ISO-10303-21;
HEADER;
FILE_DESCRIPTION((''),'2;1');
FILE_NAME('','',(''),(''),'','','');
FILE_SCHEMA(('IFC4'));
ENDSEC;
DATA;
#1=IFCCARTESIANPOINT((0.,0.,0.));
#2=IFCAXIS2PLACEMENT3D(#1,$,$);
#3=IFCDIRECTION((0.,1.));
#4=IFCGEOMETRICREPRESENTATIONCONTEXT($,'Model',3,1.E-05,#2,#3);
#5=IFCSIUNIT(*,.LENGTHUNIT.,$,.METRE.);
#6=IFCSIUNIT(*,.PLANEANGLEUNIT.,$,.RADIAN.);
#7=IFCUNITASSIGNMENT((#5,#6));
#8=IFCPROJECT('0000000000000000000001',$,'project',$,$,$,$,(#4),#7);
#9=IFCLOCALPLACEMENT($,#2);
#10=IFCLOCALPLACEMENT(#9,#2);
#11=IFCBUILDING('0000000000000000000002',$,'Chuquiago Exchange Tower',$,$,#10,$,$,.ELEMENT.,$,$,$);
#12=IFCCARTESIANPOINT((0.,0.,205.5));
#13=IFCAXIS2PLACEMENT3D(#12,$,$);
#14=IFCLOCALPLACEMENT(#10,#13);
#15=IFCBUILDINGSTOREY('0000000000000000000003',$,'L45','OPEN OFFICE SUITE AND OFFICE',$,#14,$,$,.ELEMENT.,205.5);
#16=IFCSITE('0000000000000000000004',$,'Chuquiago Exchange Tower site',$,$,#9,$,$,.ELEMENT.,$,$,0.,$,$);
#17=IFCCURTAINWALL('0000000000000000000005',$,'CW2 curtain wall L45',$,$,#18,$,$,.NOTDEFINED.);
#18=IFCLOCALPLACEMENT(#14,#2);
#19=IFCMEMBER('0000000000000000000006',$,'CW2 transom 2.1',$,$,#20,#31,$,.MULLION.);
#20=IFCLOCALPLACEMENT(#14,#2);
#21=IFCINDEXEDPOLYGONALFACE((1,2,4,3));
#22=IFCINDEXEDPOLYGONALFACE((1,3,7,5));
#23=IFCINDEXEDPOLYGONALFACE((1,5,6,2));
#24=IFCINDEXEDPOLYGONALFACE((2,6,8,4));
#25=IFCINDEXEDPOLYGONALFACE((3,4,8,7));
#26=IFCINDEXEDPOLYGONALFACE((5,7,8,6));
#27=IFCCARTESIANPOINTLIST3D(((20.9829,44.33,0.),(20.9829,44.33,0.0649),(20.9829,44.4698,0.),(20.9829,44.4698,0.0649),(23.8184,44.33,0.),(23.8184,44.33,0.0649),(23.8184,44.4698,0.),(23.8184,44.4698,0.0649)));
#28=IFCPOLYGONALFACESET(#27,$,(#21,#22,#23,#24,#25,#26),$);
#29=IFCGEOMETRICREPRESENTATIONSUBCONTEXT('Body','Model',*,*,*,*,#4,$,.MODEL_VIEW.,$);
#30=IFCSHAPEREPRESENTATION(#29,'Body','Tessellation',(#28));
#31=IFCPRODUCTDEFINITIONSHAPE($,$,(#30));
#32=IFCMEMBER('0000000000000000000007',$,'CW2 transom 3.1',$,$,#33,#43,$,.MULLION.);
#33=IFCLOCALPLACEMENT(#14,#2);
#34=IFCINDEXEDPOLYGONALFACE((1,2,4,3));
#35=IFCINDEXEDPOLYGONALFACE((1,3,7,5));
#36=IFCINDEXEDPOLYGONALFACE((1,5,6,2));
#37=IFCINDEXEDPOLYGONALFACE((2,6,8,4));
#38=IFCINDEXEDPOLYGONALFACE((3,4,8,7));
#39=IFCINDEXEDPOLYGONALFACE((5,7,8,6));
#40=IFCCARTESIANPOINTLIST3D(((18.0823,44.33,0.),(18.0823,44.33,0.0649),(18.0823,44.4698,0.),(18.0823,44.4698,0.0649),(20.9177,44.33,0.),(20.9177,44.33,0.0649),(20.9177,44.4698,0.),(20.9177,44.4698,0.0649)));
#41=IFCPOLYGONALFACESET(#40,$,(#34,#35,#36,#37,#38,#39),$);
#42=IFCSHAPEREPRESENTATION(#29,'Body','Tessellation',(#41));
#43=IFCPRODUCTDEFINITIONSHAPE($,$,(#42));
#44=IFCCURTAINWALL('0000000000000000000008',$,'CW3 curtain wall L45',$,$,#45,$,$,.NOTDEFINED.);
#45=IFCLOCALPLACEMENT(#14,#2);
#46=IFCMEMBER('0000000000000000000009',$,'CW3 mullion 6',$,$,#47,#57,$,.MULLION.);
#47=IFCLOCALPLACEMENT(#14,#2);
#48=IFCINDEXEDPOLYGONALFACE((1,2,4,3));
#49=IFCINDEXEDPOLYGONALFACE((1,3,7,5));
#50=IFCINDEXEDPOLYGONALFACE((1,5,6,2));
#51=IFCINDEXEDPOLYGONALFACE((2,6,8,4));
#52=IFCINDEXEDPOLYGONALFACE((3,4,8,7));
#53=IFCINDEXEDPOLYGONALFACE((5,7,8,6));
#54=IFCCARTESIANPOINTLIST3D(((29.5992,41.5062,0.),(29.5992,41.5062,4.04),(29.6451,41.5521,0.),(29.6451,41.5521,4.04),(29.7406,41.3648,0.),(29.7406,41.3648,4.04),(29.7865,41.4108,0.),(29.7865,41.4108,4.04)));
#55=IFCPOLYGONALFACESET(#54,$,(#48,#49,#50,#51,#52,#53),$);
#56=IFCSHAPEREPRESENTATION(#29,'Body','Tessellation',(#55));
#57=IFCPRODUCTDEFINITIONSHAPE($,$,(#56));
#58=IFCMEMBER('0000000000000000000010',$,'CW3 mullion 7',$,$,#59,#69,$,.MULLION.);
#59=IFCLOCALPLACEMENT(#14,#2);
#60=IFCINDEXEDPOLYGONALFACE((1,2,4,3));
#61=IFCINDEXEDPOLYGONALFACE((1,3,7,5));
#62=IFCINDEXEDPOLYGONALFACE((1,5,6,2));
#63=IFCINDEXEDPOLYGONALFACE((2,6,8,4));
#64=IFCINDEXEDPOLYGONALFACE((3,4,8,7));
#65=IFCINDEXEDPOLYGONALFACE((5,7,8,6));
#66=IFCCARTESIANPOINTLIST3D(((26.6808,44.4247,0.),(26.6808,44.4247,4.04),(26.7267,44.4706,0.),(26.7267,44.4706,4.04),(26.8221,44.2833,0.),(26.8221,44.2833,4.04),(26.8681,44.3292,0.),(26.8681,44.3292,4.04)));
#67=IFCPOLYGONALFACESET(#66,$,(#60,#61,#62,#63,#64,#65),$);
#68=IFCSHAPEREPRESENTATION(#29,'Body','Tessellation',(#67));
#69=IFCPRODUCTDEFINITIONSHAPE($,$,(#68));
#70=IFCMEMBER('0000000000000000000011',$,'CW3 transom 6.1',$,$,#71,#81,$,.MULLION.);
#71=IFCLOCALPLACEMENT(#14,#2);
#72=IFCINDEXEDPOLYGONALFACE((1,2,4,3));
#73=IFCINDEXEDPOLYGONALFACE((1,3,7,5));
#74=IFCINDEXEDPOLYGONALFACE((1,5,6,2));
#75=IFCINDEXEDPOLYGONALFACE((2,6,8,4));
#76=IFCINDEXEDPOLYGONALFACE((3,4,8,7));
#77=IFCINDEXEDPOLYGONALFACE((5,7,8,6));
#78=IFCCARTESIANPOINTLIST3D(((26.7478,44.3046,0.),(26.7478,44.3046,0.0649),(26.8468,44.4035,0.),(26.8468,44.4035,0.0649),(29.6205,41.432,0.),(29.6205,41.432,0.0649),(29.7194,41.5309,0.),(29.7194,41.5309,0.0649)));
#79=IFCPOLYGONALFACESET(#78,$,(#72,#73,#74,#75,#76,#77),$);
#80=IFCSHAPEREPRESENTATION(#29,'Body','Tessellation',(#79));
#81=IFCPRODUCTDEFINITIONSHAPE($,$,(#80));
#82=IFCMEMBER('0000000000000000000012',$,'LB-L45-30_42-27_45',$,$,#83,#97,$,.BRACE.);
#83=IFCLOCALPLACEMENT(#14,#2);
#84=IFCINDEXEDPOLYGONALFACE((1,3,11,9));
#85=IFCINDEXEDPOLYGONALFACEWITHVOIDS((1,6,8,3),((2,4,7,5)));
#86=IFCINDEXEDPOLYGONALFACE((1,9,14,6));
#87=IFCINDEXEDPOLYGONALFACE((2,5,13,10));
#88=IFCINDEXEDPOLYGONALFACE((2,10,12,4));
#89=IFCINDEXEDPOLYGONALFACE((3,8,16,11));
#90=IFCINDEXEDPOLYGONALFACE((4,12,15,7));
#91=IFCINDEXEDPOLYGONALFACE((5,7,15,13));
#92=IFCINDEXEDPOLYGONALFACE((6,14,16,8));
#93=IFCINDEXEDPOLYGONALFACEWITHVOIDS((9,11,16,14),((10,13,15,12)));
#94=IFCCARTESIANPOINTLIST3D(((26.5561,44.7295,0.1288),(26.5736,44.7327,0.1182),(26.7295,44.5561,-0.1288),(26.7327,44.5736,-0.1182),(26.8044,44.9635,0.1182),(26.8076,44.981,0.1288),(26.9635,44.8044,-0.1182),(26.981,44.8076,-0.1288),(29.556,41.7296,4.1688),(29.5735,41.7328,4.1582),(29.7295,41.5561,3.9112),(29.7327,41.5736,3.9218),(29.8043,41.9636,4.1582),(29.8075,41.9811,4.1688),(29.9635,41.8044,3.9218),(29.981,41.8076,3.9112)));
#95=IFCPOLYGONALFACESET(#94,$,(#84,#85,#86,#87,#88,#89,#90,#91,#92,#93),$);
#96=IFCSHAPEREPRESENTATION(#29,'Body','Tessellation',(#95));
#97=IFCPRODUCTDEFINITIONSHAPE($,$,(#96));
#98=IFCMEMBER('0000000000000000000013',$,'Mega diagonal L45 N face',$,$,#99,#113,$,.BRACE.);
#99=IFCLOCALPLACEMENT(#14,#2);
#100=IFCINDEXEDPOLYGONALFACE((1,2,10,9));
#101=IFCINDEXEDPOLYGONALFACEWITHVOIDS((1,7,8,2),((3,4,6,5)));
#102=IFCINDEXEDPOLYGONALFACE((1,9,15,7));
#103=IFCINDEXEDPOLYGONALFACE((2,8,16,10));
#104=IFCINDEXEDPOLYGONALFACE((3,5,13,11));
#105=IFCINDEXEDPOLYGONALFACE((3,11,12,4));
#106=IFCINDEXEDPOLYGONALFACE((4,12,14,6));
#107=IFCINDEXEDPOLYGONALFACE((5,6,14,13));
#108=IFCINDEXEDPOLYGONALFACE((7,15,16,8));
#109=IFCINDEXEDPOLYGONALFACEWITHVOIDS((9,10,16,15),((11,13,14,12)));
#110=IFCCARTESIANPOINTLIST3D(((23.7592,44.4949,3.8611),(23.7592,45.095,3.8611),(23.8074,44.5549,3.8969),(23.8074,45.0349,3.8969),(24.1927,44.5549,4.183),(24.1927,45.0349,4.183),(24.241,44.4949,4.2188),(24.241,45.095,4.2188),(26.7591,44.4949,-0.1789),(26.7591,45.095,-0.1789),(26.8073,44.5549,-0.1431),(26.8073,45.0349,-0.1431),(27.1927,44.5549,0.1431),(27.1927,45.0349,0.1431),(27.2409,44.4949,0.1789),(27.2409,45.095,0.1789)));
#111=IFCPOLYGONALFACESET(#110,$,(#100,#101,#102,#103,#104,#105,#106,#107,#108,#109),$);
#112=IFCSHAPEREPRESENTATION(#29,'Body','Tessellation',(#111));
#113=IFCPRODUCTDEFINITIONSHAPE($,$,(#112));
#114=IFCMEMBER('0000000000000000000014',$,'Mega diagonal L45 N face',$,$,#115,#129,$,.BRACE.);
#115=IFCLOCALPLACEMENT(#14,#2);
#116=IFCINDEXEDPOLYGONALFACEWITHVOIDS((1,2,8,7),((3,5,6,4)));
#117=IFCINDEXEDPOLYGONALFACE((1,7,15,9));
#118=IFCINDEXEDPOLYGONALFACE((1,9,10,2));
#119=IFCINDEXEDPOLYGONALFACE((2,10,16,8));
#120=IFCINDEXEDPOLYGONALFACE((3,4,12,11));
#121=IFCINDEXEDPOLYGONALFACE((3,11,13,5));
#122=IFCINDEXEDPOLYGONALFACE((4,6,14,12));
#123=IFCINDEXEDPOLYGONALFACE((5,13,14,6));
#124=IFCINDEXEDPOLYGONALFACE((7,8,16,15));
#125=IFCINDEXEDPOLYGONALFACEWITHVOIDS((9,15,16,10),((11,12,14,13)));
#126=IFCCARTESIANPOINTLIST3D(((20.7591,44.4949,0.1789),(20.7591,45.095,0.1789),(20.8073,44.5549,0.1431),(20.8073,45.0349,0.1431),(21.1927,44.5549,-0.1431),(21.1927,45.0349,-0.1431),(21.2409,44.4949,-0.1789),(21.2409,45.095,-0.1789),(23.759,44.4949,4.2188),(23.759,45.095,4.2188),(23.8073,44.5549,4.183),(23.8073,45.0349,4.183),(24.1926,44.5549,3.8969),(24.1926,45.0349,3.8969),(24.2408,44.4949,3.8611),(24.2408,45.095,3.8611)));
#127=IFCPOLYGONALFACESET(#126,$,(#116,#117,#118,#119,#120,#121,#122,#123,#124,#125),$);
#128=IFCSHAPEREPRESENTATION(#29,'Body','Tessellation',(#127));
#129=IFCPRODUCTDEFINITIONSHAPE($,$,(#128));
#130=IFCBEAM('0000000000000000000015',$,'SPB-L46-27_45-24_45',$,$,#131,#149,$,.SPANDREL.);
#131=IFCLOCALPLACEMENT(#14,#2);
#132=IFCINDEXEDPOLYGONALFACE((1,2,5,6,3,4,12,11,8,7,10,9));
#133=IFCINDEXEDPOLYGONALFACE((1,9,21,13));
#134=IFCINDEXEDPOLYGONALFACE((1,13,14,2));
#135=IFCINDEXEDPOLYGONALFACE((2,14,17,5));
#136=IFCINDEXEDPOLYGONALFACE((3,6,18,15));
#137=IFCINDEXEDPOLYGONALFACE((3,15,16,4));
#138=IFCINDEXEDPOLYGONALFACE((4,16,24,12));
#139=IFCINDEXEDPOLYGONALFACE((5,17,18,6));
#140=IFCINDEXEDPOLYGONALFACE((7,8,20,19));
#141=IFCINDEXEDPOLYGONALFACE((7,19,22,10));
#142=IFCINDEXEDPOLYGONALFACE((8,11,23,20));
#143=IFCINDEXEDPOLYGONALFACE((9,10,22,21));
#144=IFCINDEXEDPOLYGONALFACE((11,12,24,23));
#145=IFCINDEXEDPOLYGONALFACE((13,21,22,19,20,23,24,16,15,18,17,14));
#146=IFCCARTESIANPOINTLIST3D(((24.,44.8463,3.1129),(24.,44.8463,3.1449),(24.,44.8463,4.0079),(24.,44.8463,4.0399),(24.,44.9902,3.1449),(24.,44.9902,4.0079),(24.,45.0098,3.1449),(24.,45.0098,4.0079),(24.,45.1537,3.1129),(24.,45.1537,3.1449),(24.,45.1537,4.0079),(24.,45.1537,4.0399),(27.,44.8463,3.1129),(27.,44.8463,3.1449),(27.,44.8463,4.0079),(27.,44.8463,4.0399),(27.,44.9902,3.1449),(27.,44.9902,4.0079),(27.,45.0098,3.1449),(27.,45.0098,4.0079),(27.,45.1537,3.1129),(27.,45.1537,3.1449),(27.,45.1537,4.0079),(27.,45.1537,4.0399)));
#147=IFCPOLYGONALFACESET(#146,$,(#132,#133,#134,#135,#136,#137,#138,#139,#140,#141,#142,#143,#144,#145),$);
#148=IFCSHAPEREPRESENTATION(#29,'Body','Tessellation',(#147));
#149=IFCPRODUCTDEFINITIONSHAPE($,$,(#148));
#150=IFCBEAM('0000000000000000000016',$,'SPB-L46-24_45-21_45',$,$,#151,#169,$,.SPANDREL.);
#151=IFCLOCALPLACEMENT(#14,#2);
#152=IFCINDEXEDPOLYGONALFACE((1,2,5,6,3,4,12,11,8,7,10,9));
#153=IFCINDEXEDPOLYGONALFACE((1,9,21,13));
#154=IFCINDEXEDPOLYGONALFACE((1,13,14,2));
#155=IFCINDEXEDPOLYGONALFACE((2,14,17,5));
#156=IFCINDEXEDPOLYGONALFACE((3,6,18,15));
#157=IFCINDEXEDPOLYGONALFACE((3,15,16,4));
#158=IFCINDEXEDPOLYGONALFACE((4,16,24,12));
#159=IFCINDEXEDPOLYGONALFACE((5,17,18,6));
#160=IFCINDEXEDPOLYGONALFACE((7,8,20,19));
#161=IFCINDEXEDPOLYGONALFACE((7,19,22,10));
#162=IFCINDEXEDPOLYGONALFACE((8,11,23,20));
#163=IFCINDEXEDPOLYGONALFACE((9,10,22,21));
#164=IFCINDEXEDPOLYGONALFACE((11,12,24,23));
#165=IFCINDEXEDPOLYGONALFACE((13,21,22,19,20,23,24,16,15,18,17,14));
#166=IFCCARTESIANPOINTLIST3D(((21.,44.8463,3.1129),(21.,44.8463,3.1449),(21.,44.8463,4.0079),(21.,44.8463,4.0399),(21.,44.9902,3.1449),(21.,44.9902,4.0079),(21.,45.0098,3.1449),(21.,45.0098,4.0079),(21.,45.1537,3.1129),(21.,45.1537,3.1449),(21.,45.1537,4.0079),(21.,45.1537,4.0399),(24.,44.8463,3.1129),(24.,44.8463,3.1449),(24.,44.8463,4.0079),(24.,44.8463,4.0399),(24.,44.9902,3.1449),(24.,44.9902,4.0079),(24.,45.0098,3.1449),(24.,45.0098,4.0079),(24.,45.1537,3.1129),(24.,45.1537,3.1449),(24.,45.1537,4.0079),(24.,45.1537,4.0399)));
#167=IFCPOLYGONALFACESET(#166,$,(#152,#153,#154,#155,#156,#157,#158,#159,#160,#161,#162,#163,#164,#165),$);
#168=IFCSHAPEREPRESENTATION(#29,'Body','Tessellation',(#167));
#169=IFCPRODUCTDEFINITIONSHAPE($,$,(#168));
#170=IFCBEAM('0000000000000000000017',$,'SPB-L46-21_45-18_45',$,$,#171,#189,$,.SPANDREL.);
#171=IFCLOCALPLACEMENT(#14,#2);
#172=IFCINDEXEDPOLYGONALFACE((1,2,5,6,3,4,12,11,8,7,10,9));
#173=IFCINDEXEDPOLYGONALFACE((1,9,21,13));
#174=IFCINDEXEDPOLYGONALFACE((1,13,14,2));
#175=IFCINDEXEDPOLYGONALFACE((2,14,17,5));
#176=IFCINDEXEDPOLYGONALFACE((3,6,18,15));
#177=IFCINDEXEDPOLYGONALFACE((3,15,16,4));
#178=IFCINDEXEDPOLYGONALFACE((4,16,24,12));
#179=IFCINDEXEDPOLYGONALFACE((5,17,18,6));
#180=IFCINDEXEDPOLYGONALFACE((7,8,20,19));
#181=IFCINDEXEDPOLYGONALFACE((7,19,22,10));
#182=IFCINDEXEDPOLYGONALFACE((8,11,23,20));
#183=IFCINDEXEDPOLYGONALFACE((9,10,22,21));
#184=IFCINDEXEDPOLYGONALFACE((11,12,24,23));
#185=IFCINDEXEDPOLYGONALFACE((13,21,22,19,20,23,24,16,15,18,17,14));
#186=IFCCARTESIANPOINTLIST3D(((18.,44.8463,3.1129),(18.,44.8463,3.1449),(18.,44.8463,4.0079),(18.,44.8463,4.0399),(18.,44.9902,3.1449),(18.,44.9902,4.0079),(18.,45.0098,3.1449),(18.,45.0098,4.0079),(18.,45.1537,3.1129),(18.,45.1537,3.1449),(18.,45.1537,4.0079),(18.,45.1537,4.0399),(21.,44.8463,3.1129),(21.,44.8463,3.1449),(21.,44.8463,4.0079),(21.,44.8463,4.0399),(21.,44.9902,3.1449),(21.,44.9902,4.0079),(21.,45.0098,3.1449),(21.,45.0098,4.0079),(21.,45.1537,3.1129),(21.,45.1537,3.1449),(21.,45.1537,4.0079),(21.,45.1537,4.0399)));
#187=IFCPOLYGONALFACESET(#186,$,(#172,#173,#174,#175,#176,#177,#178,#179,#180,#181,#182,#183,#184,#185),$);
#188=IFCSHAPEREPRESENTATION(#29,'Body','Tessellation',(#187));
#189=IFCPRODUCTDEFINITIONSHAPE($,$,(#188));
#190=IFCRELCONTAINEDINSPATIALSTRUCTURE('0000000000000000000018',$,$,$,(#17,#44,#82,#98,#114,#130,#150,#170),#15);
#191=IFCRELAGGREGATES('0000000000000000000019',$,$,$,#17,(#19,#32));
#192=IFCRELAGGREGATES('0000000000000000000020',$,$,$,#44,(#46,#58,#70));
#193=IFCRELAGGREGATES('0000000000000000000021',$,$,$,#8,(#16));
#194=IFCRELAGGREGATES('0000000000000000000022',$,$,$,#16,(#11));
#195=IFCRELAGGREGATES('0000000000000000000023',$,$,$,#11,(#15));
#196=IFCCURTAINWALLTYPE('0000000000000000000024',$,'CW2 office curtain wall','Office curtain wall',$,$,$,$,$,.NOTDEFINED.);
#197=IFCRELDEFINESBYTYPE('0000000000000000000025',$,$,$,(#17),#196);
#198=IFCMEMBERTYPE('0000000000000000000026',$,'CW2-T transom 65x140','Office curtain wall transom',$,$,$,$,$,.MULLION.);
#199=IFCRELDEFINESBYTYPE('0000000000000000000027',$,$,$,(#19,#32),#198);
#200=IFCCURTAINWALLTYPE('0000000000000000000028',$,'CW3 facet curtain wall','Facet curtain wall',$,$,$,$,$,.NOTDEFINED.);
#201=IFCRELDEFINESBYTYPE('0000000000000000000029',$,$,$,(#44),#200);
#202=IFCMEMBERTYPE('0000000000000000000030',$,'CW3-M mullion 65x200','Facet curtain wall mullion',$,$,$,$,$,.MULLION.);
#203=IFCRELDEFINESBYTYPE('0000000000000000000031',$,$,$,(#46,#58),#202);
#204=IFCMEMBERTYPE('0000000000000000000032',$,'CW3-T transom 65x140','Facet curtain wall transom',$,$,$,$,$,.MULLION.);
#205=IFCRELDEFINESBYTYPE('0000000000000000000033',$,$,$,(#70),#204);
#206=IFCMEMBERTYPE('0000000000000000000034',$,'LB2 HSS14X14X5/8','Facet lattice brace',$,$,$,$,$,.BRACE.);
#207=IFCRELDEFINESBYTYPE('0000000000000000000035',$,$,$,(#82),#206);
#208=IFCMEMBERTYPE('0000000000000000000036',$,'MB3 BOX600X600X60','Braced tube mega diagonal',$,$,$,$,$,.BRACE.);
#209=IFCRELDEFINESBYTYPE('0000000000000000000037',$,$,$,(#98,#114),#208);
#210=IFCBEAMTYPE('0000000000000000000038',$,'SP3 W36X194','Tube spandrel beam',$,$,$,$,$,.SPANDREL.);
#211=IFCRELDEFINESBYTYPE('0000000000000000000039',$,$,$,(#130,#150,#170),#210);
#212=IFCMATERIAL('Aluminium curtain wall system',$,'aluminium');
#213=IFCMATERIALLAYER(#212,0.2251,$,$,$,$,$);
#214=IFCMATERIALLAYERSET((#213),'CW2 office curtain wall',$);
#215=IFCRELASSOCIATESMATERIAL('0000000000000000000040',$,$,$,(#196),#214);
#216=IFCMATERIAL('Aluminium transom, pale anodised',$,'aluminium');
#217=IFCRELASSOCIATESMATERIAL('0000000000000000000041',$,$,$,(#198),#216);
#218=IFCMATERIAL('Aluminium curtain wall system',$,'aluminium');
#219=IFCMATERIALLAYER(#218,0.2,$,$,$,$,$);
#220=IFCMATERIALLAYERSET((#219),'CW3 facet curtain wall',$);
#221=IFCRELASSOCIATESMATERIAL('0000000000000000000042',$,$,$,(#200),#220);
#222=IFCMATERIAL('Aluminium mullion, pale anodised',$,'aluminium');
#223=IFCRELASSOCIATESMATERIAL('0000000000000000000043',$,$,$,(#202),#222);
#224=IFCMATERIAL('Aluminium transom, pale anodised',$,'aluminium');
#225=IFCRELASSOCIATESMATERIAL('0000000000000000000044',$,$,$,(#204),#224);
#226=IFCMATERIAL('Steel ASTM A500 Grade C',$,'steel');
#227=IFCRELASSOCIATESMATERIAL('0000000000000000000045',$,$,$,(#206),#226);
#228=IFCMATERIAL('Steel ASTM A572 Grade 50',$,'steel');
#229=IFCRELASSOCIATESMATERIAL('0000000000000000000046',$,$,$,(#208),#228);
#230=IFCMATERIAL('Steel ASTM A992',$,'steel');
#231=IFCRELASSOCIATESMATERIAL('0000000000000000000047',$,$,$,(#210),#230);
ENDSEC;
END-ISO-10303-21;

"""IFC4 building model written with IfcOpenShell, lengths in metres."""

from ifc_helpers import new_model, si_unit, direction, frame, origin, origin_2d, place, context, subcontext, project, spatial, rectangle, hollow_rectangle, i_section, extrude, material, layer, layer_set, material_profile, profile_set, type_object, element, aggregate, save


model = new_model("IFC4")

# Units and contexts
model_context = context("Model", 3, precision=1e-05, world=origin(), true_north=direction((0.0, 1.0)))
body_context = subcontext(model_context, "Body", "Model", "MODEL_VIEW")
ifc_project = project(units=[si_unit("LENGTHUNIT", "METRE"), si_unit("PLANEANGLEUNIT", "RADIAN")], contexts=[model_context])

# Site, building, storey
site_placement = place(None, origin())
site = spatial("IfcSite", under=ifc_project, at=site_placement, Name="Chuquiago Exchange Tower site", CompositionType="ELEMENT", RefElevation=0.0)
building_placement = place(site_placement, origin())
building = spatial("IfcBuilding", under=site, at=building_placement, Name="Chuquiago Exchange Tower", CompositionType="ELEMENT")
storey_placement = place(building_placement, frame((0.0, 0.0, 205.5)))
storey = spatial("IfcBuildingStorey", under=building, at=storey_placement, Name="L45", Description="OPEN OFFICE SUITE AND OFFICE", CompositionType="ELEMENT", Elevation=205.5)

# Curtain walls, members
ifc_material_1 = material(Name="Aluminium curtain wall system", Category="aluminium")
ifc_layer_1 = layer(ifc_material_1, 0.2251)
ifc_layer_set_1 = layer_set([ifc_layer_1], Name="CW2 office curtain wall")
curtain_wall_type_1 = type_object("IfcCurtainWallType", Name="CW2 office curtain wall", Description="Office curtain wall", PredefinedType="NOTDEFINED", material=ifc_layer_set_1)
curtain_wall_1_placement = place(storey_placement, origin())
curtain_wall_1 = element("IfcCurtainWall", 1, at=curtain_wall_1_placement, inside=storey, type_object=curtain_wall_type_1, Name="CW2 curtain wall L45", PredefinedType="NOTDEFINED")
ifc_material_2 = material(Name="Aluminium transom, pale anodised", Category="aluminium")
ifc_material_profile_1 = material_profile(ifc_material_2, rectangle(XDim=0.1399, YDim=0.0649, at=origin_2d()), Name="AL 140x65")
ifc_profile_set_1 = profile_set([ifc_material_profile_1], Name="Aluminium transom, pale anodised")
member_type_1 = type_object("IfcMemberType", Name="CW2-T transom 65x140", Description="Office curtain wall transom", PredefinedType="MULLION", material=ifc_profile_set_1)
member_1_placement = place(storey_placement, frame((23.8184, 44.3999, 0.0325), z_axis=(-1.0, 0.0, 0.0), x_axis=(0.0, -1.0, 0.0)))
member_1 = element("IfcMember", 2, at=member_1_placement, type_object=member_type_1, Name="CW2 transom 2.1", PredefinedType="MULLION", context=body_context, shape_type="SweptSolid", body=[
    extrude(rectangle(XDim=0.1399, YDim=0.0649, at=origin_2d()), origin(), (0.0, 0.0, 1.0), 2.8354),
])
member_2_placement = place(storey_placement, frame((20.9177, 44.3999, 0.0325), z_axis=(-1.0, 0.0, 0.0), x_axis=(0.0, -1.0, 0.0)))
member_2 = element("IfcMember", 3, at=member_2_placement, type_object=member_type_1, Name="CW2 transom 3.1", PredefinedType="MULLION", context=body_context, shape_type="SweptSolid", body=[
    extrude(rectangle(XDim=0.1399, YDim=0.0649, at=origin_2d()), origin(), (0.0, 0.0, 1.0), 2.8354),
])
ifc_material_3 = material(Name="Aluminium curtain wall system", Category="aluminium")
ifc_layer_2 = layer(ifc_material_3, 0.2)
ifc_layer_set_2 = layer_set([ifc_layer_2], Name="CW3 facet curtain wall")
curtain_wall_type_2 = type_object("IfcCurtainWallType", Name="CW3 facet curtain wall", Description="Facet curtain wall", PredefinedType="NOTDEFINED", material=ifc_layer_set_2)
curtain_wall_2_placement = place(storey_placement, origin())
curtain_wall_2 = element("IfcCurtainWall", 4, at=curtain_wall_2_placement, inside=storey, type_object=curtain_wall_type_2, Name="CW3 curtain wall L45", PredefinedType="NOTDEFINED")
ifc_material_4 = material(Name="Aluminium mullion, pale anodised", Category="aluminium")
ifc_material_profile_2 = material_profile(ifc_material_4, rectangle(XDim=0.0649, YDim=0.2, at=origin_2d()), Name="AL 65x200")
ifc_profile_set_2 = profile_set([ifc_material_profile_2], Name="Aluminium mullion, pale anodised")
member_type_2 = type_object("IfcMemberType", Name="CW3-M mullion 65x200", Description="Facet curtain wall mullion", PredefinedType="MULLION", material=ifc_profile_set_2)
member_3_placement = place(storey_placement, frame((29.6929, 41.4585, 0.0), z_axis=(0.0, 0.0, 1.0), x_axis=(-0.707107, -0.707107, 0.0)))
member_3 = element("IfcMember", 5, at=member_3_placement, type_object=member_type_2, Name="CW3 mullion 6", PredefinedType="MULLION", context=body_context, shape_type="SweptSolid", body=[
    extrude(rectangle(XDim=0.0649, YDim=0.2, at=origin_2d()), origin(), (0.0, 0.0, 1.0), 4.04),
])
member_4_placement = place(storey_placement, frame((26.7744, 44.377, 0.0), z_axis=(0.0, 0.0, 1.0), x_axis=(-0.707107, -0.707107, 0.0)))
member_4 = element("IfcMember", 6, at=member_4_placement, type_object=member_type_2, Name="CW3 mullion 7", PredefinedType="MULLION", context=body_context, shape_type="SweptSolid", body=[
    extrude(rectangle(XDim=0.0649, YDim=0.2, at=origin_2d()), origin(), (0.0, 0.0, 1.0), 4.04),
])
ifc_material_5 = material(Name="Aluminium transom, pale anodised", Category="aluminium")
ifc_material_profile_3 = material_profile(ifc_material_5, rectangle(XDim=0.1399, YDim=0.0649, at=origin_2d()), Name="AL 140x65")
ifc_profile_set_3 = profile_set([ifc_material_profile_3], Name="Aluminium transom, pale anodised")
member_type_3 = type_object("IfcMemberType", Name="CW3-T transom 65x140", Description="Facet curtain wall transom", PredefinedType="MULLION", material=ifc_profile_set_3)
member_5_placement = place(storey_placement, frame((29.6699, 41.4814, 0.0325), z_axis=(-0.707107, 0.707107, 0.0), x_axis=(-0.707107, -0.707107, 0.0)))
member_5 = element("IfcMember", 7, at=member_5_placement, type_object=member_type_3, Name="CW3 transom 6.1", PredefinedType="MULLION", context=body_context, shape_type="SweptSolid", body=[
    extrude(rectangle(XDim=0.1399, YDim=0.0649, at=origin_2d()), origin(), (0.0, 0.0, 1.0), 4.0625),
])

# Members
ifc_material_6 = material(Name="Steel ASTM A500 Grade C", Category="steel")
ifc_material_profile_4 = material_profile(ifc_material_6, hollow_rectangle(XDim=0.3557, YDim=0.3557, WallThickness=0.0146, at=origin_2d()), Name="HSS14X14X5/8")
ifc_profile_set_4 = profile_set([ifc_material_profile_4], Name="Steel ASTM A500 Grade C")
member_type_4 = type_object("IfcMemberType", Name="LB2 HSS14X14X5/8", Description="Facet lattice brace", PredefinedType="BRACE", material=ifc_profile_set_4)
member_6_placement = place(storey_placement, frame((26.7686, 44.7686, 0.0), z_axis=(0.512077, -0.512077, 0.689604), x_axis=(0.707107, 0.707107, 0.0)))
element("IfcMember", 8, at=member_6_placement, inside=storey, type_object=member_type_4, Name="LB-L45-30_42-27_45", PredefinedType="BRACE", context=body_context, shape_type="SweptSolid", body=[
    extrude(hollow_rectangle(XDim=0.3557, YDim=0.3557, WallThickness=0.0146, at=origin_2d()), origin(), (0.0, 0.0, 1.0), 5.8584),
])
ifc_material_7 = material(Name="Steel ASTM A572 Grade 50", Category="steel")
ifc_material_profile_5 = material_profile(ifc_material_7, hollow_rectangle(XDim=0.6001, YDim=0.6001, WallThickness=0.0601, at=origin_2d()), Name="BOX600X600X60")
ifc_profile_set_5 = profile_set([ifc_material_profile_5], Name="Steel ASTM A572 Grade 50")
member_type_5 = type_object("IfcMemberType", Name="MB3 BOX600X600X60", Description="Braced tube mega diagonal", PredefinedType="BRACE", material=ifc_profile_set_5)
for number, where, z_axis, x_axis, name in (
    (9, (27.0, 44.7949, 0.0), (-0.596174, 0.0, 0.802855), (0.0, -1.0, 0.0), "Mega diagonal L45 N face"),
    (10, (21.0, 44.7949, 0.0), (0.596174, 0.0, 0.802855), (0.0, 1.0, 0.0), "Mega diagonal L45 N face"),
):
    element("IfcMember", number, at=place(storey_placement, frame(where, z_axis=z_axis, x_axis=x_axis)), inside=storey, type_object=member_type_5, Name=name, PredefinedType="BRACE", context=body_context, shape_type="SweptSolid", body=[
        extrude(hollow_rectangle(XDim=0.6001, YDim=0.6001, WallThickness=0.0601, at=origin_2d()), origin(), (0.0, 0.0, 1.0), 5.032),
    ])

# Beams
ifc_material_8 = material(Name="Steel ASTM A992", Category="steel")
ifc_material_profile_6 = material_profile(ifc_material_8, i_section(OverallWidth=0.3074, OverallDepth=0.927, WebThickness=0.0195, FlangeThickness=0.032, at=origin_2d()), Name="W36X194")
ifc_profile_set_6 = profile_set([ifc_material_profile_6], Name="Steel ASTM A992")
beam_type_1 = type_object("IfcBeamType", Name="SP3 W36X194", Description="Tube spandrel beam", PredefinedType="SPANDREL", material=ifc_profile_set_6)
for number, where, z_axis, x_axis, name in (
    (11, (27.0, 45.0, 3.5764), (-1.0, 0.0, 0.0), (0.0, -1.0, 0.0), "SPB-L46-27_45-24_45"),
    (12, (24.0, 45.0, 3.5764), (-1.0, 0.0, 0.0), (0.0, -1.0, 0.0), "SPB-L46-24_45-21_45"),
    (13, (21.0, 45.0, 3.5764), (-1.0, 0.0, 0.0), (0.0, -1.0, 0.0), "SPB-L46-21_45-18_45"),
):
    element("IfcBeam", number, at=place(storey_placement, frame(where, z_axis=z_axis, x_axis=x_axis)), inside=storey, type_object=beam_type_1, Name=name, PredefinedType="SPANDREL", context=body_context, shape_type="SweptSolid", body=[
        extrude(i_section(OverallWidth=0.3074, OverallDepth=0.927, WebThickness=0.0195, FlangeThickness=0.032, at=origin_2d()), origin(), (0.0, 0.0, 1.0), 3.0),
    ])

aggregate(curtain_wall_1, [member_1, member_2])
aggregate(curtain_wall_2, [member_3, member_4, member_5])

save(model, "model.ifc")
